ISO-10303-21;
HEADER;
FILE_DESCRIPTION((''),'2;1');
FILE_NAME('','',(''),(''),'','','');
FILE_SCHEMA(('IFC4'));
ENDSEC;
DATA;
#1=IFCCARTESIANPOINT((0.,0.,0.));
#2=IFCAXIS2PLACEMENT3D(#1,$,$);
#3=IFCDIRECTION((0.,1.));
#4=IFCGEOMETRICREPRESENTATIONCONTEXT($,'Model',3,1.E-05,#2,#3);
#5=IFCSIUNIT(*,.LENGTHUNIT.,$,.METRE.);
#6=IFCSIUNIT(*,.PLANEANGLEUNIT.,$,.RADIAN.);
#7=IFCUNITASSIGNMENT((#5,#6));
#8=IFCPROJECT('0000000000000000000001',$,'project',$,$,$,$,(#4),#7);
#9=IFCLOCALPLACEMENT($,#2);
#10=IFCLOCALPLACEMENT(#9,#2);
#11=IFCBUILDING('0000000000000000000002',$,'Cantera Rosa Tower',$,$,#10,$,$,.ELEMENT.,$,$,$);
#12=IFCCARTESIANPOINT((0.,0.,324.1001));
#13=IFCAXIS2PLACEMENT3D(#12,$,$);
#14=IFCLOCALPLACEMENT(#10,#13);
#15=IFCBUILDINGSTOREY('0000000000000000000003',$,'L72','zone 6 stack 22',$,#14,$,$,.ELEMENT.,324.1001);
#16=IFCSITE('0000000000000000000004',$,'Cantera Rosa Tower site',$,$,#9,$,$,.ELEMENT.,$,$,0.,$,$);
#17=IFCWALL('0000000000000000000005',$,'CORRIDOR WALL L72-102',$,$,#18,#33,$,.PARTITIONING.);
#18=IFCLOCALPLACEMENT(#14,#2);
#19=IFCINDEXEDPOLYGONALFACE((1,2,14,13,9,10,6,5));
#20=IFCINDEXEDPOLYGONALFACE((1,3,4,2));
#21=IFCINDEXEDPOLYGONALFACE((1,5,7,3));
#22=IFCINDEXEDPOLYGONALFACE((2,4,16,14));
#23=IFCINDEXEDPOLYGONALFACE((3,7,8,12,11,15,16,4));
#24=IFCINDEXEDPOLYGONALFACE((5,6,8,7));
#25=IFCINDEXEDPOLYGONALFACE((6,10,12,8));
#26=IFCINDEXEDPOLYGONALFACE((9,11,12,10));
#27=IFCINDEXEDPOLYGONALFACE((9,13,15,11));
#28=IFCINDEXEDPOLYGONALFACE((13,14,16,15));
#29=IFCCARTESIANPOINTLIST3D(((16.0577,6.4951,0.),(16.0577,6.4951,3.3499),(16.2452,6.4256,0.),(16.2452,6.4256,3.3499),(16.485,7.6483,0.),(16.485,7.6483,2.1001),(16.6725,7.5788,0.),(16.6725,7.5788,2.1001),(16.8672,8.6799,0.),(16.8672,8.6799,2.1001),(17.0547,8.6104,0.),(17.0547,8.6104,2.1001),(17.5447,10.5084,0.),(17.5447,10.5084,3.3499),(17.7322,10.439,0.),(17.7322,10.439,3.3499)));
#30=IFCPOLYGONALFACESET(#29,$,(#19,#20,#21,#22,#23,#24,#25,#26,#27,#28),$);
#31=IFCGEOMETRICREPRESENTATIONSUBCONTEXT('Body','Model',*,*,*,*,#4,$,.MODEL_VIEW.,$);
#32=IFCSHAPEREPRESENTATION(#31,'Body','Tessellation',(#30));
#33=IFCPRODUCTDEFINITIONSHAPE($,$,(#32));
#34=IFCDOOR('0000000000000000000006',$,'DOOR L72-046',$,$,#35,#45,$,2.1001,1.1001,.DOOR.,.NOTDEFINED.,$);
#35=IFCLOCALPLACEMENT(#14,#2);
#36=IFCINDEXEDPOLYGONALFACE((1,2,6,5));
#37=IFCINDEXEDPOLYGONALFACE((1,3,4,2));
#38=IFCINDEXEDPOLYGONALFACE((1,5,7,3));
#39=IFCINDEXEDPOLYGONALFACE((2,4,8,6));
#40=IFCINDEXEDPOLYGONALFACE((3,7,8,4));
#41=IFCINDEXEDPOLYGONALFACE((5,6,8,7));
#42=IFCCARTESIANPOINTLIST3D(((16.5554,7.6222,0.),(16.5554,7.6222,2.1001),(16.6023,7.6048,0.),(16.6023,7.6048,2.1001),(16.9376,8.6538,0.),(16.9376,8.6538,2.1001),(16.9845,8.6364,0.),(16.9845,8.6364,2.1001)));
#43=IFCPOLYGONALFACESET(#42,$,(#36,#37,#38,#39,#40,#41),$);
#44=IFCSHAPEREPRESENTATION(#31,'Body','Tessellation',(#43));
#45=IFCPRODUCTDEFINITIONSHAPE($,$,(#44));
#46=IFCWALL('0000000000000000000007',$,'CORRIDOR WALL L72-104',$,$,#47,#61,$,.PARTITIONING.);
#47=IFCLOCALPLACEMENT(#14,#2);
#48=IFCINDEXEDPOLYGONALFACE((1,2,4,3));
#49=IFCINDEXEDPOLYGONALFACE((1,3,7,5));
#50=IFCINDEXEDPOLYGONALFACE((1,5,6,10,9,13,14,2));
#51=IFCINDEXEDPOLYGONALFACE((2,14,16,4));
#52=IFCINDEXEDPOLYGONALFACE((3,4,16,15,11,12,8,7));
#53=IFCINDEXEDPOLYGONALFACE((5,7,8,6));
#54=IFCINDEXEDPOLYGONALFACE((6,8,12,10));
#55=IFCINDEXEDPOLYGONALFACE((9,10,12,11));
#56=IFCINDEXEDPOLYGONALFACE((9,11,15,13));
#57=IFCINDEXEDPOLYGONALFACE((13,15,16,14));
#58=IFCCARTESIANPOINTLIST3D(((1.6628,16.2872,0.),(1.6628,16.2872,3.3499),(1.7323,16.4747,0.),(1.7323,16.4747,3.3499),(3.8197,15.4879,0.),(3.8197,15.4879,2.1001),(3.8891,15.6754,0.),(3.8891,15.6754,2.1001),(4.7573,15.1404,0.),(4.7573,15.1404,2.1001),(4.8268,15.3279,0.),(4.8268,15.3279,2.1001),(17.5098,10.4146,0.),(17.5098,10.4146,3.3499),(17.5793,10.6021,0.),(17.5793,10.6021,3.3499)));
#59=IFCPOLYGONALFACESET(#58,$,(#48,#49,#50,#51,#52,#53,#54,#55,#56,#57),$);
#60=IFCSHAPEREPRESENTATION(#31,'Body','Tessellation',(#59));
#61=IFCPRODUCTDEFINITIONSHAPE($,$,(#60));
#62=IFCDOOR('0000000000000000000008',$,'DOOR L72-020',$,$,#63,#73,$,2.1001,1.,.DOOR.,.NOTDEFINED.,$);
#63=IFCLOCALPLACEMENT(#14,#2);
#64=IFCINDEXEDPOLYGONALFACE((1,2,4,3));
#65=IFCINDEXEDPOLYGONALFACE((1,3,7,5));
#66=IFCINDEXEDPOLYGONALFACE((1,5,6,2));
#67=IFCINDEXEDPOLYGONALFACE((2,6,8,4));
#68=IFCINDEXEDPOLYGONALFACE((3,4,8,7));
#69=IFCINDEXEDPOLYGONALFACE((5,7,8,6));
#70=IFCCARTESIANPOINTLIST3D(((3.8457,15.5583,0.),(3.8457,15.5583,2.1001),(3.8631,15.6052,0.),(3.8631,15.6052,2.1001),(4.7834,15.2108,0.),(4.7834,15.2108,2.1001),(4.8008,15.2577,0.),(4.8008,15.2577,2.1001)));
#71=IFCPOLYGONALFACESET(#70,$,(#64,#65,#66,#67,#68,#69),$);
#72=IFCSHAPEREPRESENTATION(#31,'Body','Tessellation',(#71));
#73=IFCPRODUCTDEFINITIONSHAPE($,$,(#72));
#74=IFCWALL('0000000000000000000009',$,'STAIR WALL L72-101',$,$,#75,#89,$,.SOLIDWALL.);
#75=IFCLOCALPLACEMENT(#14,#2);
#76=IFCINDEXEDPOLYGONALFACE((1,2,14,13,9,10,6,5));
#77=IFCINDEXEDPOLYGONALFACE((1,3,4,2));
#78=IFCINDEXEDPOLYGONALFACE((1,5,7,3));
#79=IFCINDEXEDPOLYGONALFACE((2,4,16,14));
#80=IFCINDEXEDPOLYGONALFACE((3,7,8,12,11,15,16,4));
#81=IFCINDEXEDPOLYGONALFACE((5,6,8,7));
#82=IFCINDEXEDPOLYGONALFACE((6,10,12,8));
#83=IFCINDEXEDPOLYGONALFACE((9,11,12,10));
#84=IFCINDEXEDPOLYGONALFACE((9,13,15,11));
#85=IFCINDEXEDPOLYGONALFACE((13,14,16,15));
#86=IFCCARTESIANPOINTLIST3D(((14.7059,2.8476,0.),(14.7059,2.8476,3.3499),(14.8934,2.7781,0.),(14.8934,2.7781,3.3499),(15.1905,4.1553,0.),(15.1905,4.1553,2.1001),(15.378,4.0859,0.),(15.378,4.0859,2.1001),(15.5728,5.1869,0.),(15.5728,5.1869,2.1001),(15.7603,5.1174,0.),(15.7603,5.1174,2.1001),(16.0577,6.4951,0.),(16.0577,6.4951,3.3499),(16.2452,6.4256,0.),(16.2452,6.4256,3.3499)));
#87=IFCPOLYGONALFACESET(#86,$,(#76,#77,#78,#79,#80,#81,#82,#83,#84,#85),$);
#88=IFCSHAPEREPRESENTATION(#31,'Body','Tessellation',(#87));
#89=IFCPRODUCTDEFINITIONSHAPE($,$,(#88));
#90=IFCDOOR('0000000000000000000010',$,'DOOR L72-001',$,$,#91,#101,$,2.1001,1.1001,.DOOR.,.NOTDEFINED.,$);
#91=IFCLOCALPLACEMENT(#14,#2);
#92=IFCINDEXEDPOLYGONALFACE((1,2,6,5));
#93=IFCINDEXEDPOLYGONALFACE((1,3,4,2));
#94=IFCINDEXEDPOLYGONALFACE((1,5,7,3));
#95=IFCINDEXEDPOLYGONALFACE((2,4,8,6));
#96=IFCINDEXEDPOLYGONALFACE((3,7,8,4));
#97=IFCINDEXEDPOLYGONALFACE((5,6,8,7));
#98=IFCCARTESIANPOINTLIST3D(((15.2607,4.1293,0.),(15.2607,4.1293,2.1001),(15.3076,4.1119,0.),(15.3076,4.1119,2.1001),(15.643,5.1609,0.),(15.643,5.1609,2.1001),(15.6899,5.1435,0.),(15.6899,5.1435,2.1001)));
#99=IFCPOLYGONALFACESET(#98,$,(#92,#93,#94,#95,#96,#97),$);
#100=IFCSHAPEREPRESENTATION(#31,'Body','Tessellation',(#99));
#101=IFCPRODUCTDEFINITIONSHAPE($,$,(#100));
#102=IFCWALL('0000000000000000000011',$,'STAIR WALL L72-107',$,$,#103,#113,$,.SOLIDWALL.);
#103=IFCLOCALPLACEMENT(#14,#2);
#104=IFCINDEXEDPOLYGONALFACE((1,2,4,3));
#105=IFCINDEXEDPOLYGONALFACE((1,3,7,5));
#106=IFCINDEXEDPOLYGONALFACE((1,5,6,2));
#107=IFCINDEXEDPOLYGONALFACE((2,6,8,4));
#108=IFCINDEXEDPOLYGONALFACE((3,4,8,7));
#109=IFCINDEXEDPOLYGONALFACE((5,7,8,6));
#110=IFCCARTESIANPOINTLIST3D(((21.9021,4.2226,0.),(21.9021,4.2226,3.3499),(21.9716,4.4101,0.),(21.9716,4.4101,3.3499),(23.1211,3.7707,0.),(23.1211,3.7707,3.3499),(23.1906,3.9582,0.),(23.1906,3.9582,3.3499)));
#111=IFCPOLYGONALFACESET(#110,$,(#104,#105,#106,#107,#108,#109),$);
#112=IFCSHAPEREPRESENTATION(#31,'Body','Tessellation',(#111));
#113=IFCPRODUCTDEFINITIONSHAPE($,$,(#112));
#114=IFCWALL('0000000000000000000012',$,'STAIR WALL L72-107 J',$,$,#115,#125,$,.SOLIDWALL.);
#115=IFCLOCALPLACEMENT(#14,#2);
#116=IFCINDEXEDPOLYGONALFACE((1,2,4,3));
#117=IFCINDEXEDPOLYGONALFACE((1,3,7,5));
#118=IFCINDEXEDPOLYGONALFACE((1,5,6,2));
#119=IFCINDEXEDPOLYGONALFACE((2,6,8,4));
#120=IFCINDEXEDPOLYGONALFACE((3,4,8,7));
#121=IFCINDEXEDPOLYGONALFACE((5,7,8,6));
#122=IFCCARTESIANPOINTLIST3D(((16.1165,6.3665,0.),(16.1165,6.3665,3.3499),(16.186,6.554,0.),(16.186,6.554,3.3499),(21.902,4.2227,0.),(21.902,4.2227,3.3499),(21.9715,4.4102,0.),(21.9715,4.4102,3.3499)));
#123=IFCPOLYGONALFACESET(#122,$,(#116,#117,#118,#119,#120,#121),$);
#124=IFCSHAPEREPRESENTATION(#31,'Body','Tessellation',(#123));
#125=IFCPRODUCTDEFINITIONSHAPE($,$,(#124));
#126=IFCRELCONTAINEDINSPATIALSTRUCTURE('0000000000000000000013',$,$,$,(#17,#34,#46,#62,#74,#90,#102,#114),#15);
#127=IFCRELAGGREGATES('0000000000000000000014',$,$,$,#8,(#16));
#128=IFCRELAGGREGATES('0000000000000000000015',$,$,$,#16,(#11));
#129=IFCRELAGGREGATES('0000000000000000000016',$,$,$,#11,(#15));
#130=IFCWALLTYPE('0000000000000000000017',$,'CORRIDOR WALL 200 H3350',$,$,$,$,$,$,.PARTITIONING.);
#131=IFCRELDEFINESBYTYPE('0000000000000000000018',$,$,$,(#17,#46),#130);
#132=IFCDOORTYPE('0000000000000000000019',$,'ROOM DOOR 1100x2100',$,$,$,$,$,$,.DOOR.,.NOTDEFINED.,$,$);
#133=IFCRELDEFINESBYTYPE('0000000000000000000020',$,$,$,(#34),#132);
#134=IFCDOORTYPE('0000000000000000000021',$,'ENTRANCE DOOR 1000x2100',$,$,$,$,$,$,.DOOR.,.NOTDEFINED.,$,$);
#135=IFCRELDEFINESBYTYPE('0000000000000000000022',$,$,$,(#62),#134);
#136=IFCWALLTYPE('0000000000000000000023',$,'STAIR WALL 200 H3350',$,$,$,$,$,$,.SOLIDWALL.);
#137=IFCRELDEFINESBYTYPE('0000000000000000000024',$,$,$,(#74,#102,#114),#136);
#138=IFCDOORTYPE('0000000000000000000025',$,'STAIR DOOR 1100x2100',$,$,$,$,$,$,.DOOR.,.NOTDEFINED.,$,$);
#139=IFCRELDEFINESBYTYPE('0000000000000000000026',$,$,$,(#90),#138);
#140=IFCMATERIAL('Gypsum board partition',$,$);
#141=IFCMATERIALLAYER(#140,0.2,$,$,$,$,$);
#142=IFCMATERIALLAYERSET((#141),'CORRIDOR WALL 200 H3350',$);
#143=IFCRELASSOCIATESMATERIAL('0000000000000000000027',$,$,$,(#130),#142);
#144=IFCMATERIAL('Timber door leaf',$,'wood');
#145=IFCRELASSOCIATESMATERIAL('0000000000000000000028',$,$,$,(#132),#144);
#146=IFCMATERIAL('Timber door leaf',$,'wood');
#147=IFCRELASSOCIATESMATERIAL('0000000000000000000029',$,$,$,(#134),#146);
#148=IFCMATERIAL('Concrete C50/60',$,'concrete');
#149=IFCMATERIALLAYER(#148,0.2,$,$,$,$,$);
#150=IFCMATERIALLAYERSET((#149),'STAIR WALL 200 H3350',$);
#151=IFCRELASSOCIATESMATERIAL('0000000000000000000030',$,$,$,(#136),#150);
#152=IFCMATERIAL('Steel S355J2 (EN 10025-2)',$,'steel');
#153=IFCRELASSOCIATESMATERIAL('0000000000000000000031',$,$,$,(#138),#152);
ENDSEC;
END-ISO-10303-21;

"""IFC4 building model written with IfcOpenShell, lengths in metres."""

from ifc_helpers import new_model, si_unit, direction, frame, frame_2d, origin, place, context, subcontext, project, spatial, rectangle, extrude, material, layer, layer_set, type_object, element, fill, save


model = new_model("IFC4")

# Units and contexts
model_context = context("Model", 3, precision=1e-05, world=origin(), true_north=direction((0.0, 1.0)))
body_context = subcontext(model_context, "Body", "Model", "MODEL_VIEW")
ifc_project = project(units=[si_unit("LENGTHUNIT", "METRE"), si_unit("PLANEANGLEUNIT", "RADIAN")], contexts=[model_context])

# Site, building, storey
site_placement = place(None, origin())
site = spatial("IfcSite", under=ifc_project, at=site_placement, Name="Cantera Rosa Tower site", CompositionType="ELEMENT", RefElevation=0.0)
building_placement = place(site_placement, origin())
building = spatial("IfcBuilding", under=site, at=building_placement, Name="Cantera Rosa Tower", CompositionType="ELEMENT")
storey_placement = place(building_placement, frame((0.0, 0.0, 324.1001)))
storey = spatial("IfcBuildingStorey", under=building, at=storey_placement, Name="L72", Description="zone 6 stack 22", CompositionType="ELEMENT", Elevation=324.1001)

# Walls, openings, doors
ifc_material_1 = material(Name="Gypsum board partition")
ifc_layer_1 = layer(ifc_material_1, 0.2)
ifc_layer_set_1 = layer_set([ifc_layer_1], Name="CORRIDOR WALL 200 H3350")
wall_type_1 = type_object("IfcWallType", Name="CORRIDOR WALL 200 H3350", PredefinedType="PARTITIONING", material=ifc_layer_set_1)
wall_1_placement = place(storey_placement, frame((16.1514, 6.4602, 0.0), z_axis=(0.0, 0.0, 1.0), x_axis=(0.347439, 0.937703, 0.0)))
wall_1 = element("IfcWall", 1, at=wall_1_placement, inside=storey, type_object=wall_type_1, Name="CORRIDOR WALL L72-102", PredefinedType="PARTITIONING", context=body_context, shape_type="SweptSolid", body=[
    extrude(rectangle(XDim=4.28, YDim=0.2, at=frame_2d((2.1401, 0.0))), origin(), (0.0, 0.0, 1.0), 3.3499),
])
opening_1_placement = place(wall_1_placement, frame((1.23, 0.0, 0.0)))
opening_1 = element("IfcOpeningElement", 2, at=opening_1_placement, cuts=wall_1, PredefinedType="OPENING", context=body_context, shape_type="SweptSolid", body=[
    extrude(rectangle(XDim=1.1001, YDim=2.1001, at=frame_2d((0.55, 1.05))), frame((0.0, 0.1099, 0.0), z_axis=(0.0, -1.0, 0.0), x_axis=(1.0, 0.0, 0.0)), (0.0, 0.0, 1.0), 0.22),
])
ifc_material_2 = material(Name="Timber door leaf", Category="wood")
door_type_1 = type_object("IfcDoorType", Name="ROOM DOOR 1100x2100", OperationType="NOTDEFINED", PredefinedType="DOOR", material=ifc_material_2)
door_1_placement = place(opening_1_placement, origin())
door_1 = element("IfcDoor", 3, at=door_1_placement, inside=storey, type_object=door_type_1, Name="DOOR L72-046", OperationType="NOTDEFINED", OverallHeight=2.1001, OverallWidth=1.1001, PredefinedType="DOOR", context=body_context, shape_type="SweptSolid", body=[
    extrude(rectangle(XDim=1.1001, YDim=2.1001, at=frame_2d((0.55, 1.05))), frame((0.0, 0.0249, 0.0), z_axis=(0.0, -1.0, 0.0), x_axis=(1.0, 0.0, 0.0)), (0.0, 0.0, 1.0), 0.05),
])
fill(opening_1, door_1)
wall_2_placement = place(storey_placement, frame((17.5447, 10.5083, 0.0), z_axis=(0.0, 0.0, 1.0), x_axis=(-0.937685, 0.347487, 0.0)))
wall_2 = element("IfcWall", 4, at=wall_2_placement, inside=storey, type_object=wall_type_1, Name="CORRIDOR WALL L72-104", PredefinedType="PARTITIONING", context=body_context, shape_type="SweptSolid", body=[
    extrude(rectangle(XDim=16.9001, YDim=0.2, at=frame_2d((8.4502, 0.0))), origin(), (0.0, 0.0, 1.0), 3.3499),
])
opening_2_placement = place(wall_2_placement, frame((13.6001, 0.0, 0.0)))
opening_2 = element("IfcOpeningElement", 5, at=opening_2_placement, cuts=wall_2, PredefinedType="OPENING", context=body_context, shape_type="SweptSolid", body=[
    extrude(rectangle(XDim=1.0, YDim=2.1001, at=frame_2d((0.5, 1.05))), frame((0.0, 0.1099, 0.0), z_axis=(0.0, -1.0, 0.0), x_axis=(1.0, 0.0, 0.0)), (0.0, 0.0, 1.0), 0.22),
])
ifc_material_3 = material(Name="Timber door leaf", Category="wood")
door_type_2 = type_object("IfcDoorType", Name="ENTRANCE DOOR 1000x2100", OperationType="NOTDEFINED", PredefinedType="DOOR", material=ifc_material_3)
door_2_placement = place(opening_2_placement, origin())
door_2 = element("IfcDoor", 6, at=door_2_placement, inside=storey, type_object=door_type_2, Name="DOOR L72-020", OperationType="NOTDEFINED", OverallHeight=2.1001, OverallWidth=1.0, PredefinedType="DOOR", context=body_context, shape_type="SweptSolid", body=[
    extrude(rectangle(XDim=1.0, YDim=2.1001, at=frame_2d((0.5, 1.05))), frame((0.0, 0.0249, 0.0), z_axis=(0.0, -1.0, 0.0), x_axis=(1.0, 0.0, 0.0)), (0.0, 0.0, 1.0), 0.05),
])
fill(opening_2, door_2)

# Wall, opening, door
ifc_material_4 = material(Name="Concrete C50/60", Category="concrete")
ifc_layer_2 = layer(ifc_material_4, 0.2)
ifc_layer_set_2 = layer_set([ifc_layer_2], Name="STAIR WALL 200 H3350")
wall_type_2 = type_object("IfcWallType", Name="STAIR WALL 200 H3350", PredefinedType="SOLIDWALL", material=ifc_layer_set_2)
wall_3_placement = place(storey_placement, frame((16.1514, 6.4602, 0.0), z_axis=(0.0, 0.0, 1.0), x_axis=(-0.347517, -0.937674, 0.0)))
wall_3 = element("IfcWall", 7, at=wall_3_placement, inside=storey, type_object=wall_type_2, Name="STAIR WALL L72-101", PredefinedType="SOLIDWALL", context=body_context, shape_type="SweptSolid", body=[
    extrude(rectangle(XDim=3.8899, YDim=0.2, at=frame_2d((1.9448, 0.0))), origin(), (0.0, 0.0, 1.0), 3.3499),
])
opening_3_placement = place(wall_3_placement, frame((1.395, 0.0, 0.0)))
opening_3 = element("IfcOpeningElement", 8, at=opening_3_placement, cuts=wall_3, PredefinedType="OPENING", context=body_context, shape_type="SweptSolid", body=[
    extrude(rectangle(XDim=1.1001, YDim=2.1001, at=frame_2d((0.55, 1.05))), frame((0.0, 0.1099, 0.0), z_axis=(0.0, -1.0, 0.0), x_axis=(1.0, 0.0, 0.0)), (0.0, 0.0, 1.0), 0.22),
])
ifc_material_5 = material(Name="Steel S355J2 (EN 10025-2)", Category="steel")
door_type_3 = type_object("IfcDoorType", Name="STAIR DOOR 1100x2100", OperationType="NOTDEFINED", PredefinedType="DOOR", material=ifc_material_5)
door_3_placement = place(opening_3_placement, origin())
door_3 = element("IfcDoor", 9, at=door_3_placement, inside=storey, type_object=door_type_3, Name="DOOR L72-001", OperationType="NOTDEFINED", OverallHeight=2.1001, OverallWidth=1.1001, PredefinedType="DOOR", context=body_context, shape_type="SweptSolid", body=[
    extrude(rectangle(XDim=1.1001, YDim=2.1001, at=frame_2d((0.55, 1.05))), frame((0.0, 0.0249, 0.0), z_axis=(0.0, -1.0, 0.0), x_axis=(1.0, 0.0, 0.0)), (0.0, 0.0, 1.0), 0.05),
])
fill(opening_3, door_3)

# Walls
wall_4_placement = place(storey_placement, frame((23.1558, 3.8645, 0.0), z_axis=(0.0, 0.0, 1.0), x_axis=(-0.937642, 0.347602, 0.0)))
element("IfcWall", 10, at=wall_4_placement, inside=storey, type_object=wall_type_2, Name="STAIR WALL L72-107", PredefinedType="SOLIDWALL", context=body_context, shape_type="SweptSolid", body=[
    extrude(rectangle(XDim=1.3, YDim=0.2, at=frame_2d((0.6499, 0.0))), origin(), (0.0, 0.0, 1.0), 3.3499),
])
wall_5_placement = place(storey_placement, frame((21.9368, 4.3164, 0.0), z_axis=(0.0, 0.0, 1.0), x_axis=(-0.937693, 0.347465, 0.0)))
element("IfcWall", 11, at=wall_5_placement, inside=storey, type_object=wall_type_2, Name="STAIR WALL L72-107 J", PredefinedType="SOLIDWALL", context=body_context, shape_type="SweptSolid", body=[
    extrude(rectangle(XDim=6.1699, YDim=0.2, at=frame_2d((3.085, 0.0))), origin(), (0.0, 0.0, 1.0), 3.3499),
])

save(model, "model.ifc")
